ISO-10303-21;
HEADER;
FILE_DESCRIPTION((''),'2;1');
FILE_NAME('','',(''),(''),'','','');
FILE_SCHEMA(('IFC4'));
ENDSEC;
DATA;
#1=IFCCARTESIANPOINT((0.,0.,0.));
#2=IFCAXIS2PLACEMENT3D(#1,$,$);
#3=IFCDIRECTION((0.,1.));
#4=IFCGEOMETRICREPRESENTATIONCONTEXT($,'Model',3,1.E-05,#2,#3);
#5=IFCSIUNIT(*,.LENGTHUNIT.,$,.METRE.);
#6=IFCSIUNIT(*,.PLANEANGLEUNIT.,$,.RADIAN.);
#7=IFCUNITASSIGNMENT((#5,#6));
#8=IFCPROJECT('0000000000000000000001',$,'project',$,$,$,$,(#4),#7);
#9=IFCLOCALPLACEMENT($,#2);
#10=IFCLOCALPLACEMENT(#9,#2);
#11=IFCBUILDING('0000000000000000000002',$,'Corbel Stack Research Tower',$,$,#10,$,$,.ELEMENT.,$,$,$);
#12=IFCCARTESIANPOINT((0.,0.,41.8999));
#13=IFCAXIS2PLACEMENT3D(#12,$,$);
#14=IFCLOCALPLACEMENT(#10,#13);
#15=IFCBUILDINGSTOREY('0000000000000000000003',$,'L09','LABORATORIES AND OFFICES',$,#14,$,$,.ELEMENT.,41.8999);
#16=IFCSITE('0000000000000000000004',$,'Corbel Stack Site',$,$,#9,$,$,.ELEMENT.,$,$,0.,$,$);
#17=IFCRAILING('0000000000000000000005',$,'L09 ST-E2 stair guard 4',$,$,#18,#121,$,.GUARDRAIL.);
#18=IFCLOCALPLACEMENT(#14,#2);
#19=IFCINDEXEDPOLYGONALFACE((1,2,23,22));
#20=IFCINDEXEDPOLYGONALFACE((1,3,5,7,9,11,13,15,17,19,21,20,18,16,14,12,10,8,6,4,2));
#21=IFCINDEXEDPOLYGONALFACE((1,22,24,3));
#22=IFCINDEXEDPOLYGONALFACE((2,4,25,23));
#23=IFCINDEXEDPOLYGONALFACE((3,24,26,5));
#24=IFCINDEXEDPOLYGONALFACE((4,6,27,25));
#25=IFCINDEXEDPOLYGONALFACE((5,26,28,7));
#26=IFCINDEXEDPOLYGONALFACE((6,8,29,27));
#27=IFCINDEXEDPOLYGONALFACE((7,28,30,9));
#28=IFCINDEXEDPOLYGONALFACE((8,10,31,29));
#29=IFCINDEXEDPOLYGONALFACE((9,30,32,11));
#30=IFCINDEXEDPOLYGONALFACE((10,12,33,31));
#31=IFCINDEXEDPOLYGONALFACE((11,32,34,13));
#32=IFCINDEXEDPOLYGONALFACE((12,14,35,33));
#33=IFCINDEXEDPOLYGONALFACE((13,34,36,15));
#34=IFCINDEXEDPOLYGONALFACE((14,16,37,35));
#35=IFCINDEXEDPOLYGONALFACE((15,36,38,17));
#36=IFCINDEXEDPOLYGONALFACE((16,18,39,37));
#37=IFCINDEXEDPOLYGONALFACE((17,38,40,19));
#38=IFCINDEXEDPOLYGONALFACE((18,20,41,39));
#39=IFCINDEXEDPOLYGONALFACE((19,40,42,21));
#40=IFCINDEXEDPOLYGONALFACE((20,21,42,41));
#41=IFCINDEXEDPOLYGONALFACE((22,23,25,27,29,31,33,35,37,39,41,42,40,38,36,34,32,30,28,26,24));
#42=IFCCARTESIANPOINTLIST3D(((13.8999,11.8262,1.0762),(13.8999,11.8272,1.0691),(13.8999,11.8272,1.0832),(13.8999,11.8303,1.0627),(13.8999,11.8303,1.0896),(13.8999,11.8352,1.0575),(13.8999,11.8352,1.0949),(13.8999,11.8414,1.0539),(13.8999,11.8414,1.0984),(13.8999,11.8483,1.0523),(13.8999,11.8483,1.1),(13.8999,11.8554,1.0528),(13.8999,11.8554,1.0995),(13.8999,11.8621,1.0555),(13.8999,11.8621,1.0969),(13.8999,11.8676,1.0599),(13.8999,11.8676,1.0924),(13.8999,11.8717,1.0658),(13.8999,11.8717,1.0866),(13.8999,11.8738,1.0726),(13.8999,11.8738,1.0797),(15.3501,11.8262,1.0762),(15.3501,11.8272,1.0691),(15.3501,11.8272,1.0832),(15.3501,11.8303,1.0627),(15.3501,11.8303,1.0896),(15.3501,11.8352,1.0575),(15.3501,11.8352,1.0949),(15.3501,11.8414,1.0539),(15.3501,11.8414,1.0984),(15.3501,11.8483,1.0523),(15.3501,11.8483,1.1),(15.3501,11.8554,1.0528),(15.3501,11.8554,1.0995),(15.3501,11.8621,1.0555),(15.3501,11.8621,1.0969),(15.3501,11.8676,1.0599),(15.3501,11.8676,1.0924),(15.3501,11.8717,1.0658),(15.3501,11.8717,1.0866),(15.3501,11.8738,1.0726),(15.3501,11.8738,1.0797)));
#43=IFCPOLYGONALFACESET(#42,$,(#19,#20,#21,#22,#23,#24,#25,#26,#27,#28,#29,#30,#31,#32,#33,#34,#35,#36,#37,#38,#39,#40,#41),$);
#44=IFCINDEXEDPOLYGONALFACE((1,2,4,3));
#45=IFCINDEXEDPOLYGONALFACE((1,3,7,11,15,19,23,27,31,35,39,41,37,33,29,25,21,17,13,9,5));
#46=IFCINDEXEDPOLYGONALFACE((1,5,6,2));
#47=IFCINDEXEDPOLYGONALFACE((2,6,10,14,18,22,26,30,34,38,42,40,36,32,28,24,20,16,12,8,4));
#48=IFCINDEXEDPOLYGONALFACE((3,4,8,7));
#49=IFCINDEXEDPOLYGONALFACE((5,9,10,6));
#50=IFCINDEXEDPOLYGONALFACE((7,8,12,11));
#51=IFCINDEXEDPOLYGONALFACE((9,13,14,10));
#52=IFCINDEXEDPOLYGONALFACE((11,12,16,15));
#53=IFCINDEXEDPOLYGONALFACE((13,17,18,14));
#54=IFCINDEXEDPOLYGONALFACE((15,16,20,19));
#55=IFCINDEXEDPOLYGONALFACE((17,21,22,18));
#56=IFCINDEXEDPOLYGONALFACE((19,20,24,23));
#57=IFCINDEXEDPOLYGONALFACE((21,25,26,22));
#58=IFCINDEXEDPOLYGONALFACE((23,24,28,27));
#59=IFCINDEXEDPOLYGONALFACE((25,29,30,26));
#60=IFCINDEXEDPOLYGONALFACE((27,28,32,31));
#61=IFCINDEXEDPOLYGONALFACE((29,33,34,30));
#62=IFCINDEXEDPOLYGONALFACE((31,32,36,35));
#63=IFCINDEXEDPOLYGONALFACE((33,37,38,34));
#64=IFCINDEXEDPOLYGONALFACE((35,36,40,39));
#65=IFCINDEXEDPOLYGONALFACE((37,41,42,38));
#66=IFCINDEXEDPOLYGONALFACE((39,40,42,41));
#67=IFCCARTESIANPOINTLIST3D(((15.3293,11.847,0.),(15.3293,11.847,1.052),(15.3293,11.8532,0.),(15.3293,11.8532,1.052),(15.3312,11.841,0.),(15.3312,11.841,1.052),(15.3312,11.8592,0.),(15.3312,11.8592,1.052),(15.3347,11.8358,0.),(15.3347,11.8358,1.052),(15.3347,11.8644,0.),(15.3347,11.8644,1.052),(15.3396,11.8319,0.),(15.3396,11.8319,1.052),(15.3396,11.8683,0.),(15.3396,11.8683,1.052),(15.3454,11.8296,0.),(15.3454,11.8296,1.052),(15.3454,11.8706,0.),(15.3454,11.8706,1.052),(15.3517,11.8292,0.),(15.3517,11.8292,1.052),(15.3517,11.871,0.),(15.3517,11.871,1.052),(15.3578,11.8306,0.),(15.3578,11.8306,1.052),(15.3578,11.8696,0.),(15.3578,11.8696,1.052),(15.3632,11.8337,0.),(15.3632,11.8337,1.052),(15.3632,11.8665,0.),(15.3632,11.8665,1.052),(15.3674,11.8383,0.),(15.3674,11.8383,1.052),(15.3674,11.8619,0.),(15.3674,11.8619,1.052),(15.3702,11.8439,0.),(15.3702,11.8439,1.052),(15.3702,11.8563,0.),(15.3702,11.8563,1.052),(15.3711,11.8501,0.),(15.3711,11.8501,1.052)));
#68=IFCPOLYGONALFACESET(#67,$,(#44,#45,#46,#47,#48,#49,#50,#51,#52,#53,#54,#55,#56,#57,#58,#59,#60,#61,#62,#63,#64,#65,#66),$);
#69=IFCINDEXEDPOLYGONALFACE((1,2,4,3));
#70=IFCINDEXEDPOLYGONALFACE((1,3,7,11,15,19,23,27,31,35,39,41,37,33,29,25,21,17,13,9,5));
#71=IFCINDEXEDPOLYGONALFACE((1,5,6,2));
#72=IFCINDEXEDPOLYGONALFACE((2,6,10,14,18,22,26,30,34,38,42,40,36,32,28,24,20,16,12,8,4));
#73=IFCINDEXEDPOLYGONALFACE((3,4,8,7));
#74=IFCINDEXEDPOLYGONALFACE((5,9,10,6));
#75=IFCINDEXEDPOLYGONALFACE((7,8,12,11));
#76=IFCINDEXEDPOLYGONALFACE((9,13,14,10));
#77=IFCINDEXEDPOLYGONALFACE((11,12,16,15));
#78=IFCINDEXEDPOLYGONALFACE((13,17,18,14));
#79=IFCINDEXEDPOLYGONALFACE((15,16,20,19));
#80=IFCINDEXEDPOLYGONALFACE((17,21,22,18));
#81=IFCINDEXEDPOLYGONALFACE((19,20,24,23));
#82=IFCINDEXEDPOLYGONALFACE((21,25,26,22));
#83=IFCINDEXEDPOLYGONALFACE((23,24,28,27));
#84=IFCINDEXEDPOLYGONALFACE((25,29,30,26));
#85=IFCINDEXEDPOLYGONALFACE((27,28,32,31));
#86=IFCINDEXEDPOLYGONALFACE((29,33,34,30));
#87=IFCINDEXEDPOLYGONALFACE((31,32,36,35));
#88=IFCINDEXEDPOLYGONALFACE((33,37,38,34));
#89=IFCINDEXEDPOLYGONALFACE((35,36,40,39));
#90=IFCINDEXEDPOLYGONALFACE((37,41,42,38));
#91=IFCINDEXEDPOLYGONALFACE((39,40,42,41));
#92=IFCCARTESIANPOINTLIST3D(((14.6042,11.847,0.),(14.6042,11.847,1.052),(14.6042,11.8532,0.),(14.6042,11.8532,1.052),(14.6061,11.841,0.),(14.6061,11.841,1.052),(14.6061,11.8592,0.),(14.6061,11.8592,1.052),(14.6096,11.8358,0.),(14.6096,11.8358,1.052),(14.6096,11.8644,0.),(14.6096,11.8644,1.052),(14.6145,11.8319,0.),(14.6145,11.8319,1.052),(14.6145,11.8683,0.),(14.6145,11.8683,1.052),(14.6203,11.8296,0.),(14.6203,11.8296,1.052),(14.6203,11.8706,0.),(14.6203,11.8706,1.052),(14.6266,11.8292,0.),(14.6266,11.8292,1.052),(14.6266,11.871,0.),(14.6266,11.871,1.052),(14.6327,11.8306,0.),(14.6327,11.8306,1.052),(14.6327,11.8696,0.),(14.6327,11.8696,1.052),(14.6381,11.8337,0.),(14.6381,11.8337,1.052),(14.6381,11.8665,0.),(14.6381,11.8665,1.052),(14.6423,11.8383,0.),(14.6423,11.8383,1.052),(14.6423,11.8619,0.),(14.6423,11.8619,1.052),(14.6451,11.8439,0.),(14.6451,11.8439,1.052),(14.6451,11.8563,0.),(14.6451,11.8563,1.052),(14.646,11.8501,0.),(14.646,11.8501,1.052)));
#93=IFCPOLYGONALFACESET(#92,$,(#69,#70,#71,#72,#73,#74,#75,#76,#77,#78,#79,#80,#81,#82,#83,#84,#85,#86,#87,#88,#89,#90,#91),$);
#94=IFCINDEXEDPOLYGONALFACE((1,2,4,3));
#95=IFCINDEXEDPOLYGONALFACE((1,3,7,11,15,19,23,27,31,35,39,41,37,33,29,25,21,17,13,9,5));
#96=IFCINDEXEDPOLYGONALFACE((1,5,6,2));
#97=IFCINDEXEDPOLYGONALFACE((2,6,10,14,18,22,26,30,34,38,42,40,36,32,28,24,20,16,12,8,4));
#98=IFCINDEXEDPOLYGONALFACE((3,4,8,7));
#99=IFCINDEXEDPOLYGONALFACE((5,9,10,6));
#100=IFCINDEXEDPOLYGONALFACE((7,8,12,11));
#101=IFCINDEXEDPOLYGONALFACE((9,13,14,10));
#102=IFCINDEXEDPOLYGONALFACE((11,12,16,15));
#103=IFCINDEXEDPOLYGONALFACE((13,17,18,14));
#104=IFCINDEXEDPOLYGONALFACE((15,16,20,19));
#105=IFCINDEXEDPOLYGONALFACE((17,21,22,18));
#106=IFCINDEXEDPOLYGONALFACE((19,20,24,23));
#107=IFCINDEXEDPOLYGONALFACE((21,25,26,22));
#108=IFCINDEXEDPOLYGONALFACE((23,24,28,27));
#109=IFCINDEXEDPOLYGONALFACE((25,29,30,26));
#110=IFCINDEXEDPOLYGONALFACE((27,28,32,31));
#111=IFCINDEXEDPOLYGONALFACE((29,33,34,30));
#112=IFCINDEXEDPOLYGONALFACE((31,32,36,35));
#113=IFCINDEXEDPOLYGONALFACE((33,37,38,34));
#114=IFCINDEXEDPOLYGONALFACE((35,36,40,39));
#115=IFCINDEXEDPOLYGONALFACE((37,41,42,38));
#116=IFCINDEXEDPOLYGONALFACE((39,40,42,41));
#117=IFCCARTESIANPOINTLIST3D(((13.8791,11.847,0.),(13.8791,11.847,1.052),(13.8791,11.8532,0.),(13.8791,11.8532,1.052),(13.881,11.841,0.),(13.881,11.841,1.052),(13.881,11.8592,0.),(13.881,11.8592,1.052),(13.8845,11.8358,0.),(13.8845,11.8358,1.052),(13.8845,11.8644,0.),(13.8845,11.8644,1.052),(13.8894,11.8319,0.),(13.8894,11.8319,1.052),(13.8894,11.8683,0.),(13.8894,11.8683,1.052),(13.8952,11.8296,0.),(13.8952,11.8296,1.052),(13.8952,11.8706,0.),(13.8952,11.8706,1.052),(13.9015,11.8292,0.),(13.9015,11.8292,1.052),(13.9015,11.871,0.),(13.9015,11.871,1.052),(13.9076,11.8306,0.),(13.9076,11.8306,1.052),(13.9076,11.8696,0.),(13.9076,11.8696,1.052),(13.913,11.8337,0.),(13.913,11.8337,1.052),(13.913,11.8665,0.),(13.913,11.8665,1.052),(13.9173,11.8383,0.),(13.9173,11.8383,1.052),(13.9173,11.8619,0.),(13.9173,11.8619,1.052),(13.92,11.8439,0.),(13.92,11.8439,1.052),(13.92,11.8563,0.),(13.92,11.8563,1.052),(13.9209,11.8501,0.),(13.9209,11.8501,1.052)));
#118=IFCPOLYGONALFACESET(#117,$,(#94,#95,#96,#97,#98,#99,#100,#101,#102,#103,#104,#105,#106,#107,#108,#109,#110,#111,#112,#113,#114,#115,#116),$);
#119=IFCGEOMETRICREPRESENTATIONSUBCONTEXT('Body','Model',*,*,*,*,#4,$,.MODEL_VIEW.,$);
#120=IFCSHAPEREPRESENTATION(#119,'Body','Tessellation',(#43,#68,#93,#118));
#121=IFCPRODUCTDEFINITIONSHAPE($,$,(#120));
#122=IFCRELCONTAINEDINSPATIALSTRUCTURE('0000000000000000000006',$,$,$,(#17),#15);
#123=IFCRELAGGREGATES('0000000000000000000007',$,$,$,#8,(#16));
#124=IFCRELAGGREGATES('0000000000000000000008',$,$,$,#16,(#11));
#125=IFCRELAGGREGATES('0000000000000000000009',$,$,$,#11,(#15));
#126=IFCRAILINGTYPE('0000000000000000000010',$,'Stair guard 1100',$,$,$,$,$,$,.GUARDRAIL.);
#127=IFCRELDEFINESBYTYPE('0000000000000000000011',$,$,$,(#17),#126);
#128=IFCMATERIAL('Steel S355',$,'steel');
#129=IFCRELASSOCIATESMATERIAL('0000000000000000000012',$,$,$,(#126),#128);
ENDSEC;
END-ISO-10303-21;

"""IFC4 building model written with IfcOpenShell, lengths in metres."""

from ifc_helpers import new_model, si_unit, direction, frame, origin, origin_2d, place, context, subcontext, project, spatial, circle, extrude, material, type_object, element, save


model = new_model("IFC4")

# Units and contexts
model_context = context("Model", 3, precision=1e-05, world=origin(), true_north=direction((0.0, 1.0)))
body_context = subcontext(model_context, "Body", "Model", "MODEL_VIEW")
ifc_project = project(units=[si_unit("LENGTHUNIT", "METRE"), si_unit("PLANEANGLEUNIT", "RADIAN")], contexts=[model_context])

# Site, building, storey
site_placement = place(None, origin())
site = spatial("IfcSite", under=ifc_project, at=site_placement, Name="Corbel Stack Site", CompositionType="ELEMENT", RefElevation=0.0)
building_placement = place(site_placement, origin())
building = spatial("IfcBuilding", under=site, at=building_placement, Name="Corbel Stack Research Tower", CompositionType="ELEMENT")
storey_placement = place(building_placement, frame((0.0, 0.0, 41.8999)))
storey = spatial("IfcBuildingStorey", under=building, at=storey_placement, Name="L09", Description="LABORATORIES AND OFFICES", CompositionType="ELEMENT", Elevation=41.8999)

# Railing
ifc_material_1 = material(Name="Steel S355", Category="steel")
railing_type_1 = type_object("IfcRailingType", Name="Stair guard 1100", PredefinedType="GUARDRAIL", material=ifc_material_1)
railing_1_placement = place(storey_placement, frame((15.3501, 11.8501, 0.0)))
element("IfcRailing", 1, at=railing_1_placement, inside=storey, type_object=railing_type_1, Name="L09 ST-E2 stair guard 4", PredefinedType="GUARDRAIL", context=body_context, shape_type="SweptSolid", body=[
    extrude(circle(Radius=0.0239, at=origin_2d()), frame((0.0, 0.0, 1.0762), z_axis=(-1.0, 0.0, 0.0), x_axis=(0.0, -1.0, 0.0)), (0.0, 0.0, 1.0), 1.4502),
    extrude(circle(Radius=0.021, at=origin_2d()), origin(), (0.0, 0.0, 1.0), 1.052),
    extrude(circle(Radius=0.021, at=origin_2d()), frame((-0.7251, 0.0, 0.0)), (0.0, 0.0, 1.0), 1.052),
    extrude(circle(Radius=0.021, at=origin_2d()), frame((-1.4502, 0.0, 0.0)), (0.0, 0.0, 1.0), 1.052),
])

save(model, "model.ifc")
